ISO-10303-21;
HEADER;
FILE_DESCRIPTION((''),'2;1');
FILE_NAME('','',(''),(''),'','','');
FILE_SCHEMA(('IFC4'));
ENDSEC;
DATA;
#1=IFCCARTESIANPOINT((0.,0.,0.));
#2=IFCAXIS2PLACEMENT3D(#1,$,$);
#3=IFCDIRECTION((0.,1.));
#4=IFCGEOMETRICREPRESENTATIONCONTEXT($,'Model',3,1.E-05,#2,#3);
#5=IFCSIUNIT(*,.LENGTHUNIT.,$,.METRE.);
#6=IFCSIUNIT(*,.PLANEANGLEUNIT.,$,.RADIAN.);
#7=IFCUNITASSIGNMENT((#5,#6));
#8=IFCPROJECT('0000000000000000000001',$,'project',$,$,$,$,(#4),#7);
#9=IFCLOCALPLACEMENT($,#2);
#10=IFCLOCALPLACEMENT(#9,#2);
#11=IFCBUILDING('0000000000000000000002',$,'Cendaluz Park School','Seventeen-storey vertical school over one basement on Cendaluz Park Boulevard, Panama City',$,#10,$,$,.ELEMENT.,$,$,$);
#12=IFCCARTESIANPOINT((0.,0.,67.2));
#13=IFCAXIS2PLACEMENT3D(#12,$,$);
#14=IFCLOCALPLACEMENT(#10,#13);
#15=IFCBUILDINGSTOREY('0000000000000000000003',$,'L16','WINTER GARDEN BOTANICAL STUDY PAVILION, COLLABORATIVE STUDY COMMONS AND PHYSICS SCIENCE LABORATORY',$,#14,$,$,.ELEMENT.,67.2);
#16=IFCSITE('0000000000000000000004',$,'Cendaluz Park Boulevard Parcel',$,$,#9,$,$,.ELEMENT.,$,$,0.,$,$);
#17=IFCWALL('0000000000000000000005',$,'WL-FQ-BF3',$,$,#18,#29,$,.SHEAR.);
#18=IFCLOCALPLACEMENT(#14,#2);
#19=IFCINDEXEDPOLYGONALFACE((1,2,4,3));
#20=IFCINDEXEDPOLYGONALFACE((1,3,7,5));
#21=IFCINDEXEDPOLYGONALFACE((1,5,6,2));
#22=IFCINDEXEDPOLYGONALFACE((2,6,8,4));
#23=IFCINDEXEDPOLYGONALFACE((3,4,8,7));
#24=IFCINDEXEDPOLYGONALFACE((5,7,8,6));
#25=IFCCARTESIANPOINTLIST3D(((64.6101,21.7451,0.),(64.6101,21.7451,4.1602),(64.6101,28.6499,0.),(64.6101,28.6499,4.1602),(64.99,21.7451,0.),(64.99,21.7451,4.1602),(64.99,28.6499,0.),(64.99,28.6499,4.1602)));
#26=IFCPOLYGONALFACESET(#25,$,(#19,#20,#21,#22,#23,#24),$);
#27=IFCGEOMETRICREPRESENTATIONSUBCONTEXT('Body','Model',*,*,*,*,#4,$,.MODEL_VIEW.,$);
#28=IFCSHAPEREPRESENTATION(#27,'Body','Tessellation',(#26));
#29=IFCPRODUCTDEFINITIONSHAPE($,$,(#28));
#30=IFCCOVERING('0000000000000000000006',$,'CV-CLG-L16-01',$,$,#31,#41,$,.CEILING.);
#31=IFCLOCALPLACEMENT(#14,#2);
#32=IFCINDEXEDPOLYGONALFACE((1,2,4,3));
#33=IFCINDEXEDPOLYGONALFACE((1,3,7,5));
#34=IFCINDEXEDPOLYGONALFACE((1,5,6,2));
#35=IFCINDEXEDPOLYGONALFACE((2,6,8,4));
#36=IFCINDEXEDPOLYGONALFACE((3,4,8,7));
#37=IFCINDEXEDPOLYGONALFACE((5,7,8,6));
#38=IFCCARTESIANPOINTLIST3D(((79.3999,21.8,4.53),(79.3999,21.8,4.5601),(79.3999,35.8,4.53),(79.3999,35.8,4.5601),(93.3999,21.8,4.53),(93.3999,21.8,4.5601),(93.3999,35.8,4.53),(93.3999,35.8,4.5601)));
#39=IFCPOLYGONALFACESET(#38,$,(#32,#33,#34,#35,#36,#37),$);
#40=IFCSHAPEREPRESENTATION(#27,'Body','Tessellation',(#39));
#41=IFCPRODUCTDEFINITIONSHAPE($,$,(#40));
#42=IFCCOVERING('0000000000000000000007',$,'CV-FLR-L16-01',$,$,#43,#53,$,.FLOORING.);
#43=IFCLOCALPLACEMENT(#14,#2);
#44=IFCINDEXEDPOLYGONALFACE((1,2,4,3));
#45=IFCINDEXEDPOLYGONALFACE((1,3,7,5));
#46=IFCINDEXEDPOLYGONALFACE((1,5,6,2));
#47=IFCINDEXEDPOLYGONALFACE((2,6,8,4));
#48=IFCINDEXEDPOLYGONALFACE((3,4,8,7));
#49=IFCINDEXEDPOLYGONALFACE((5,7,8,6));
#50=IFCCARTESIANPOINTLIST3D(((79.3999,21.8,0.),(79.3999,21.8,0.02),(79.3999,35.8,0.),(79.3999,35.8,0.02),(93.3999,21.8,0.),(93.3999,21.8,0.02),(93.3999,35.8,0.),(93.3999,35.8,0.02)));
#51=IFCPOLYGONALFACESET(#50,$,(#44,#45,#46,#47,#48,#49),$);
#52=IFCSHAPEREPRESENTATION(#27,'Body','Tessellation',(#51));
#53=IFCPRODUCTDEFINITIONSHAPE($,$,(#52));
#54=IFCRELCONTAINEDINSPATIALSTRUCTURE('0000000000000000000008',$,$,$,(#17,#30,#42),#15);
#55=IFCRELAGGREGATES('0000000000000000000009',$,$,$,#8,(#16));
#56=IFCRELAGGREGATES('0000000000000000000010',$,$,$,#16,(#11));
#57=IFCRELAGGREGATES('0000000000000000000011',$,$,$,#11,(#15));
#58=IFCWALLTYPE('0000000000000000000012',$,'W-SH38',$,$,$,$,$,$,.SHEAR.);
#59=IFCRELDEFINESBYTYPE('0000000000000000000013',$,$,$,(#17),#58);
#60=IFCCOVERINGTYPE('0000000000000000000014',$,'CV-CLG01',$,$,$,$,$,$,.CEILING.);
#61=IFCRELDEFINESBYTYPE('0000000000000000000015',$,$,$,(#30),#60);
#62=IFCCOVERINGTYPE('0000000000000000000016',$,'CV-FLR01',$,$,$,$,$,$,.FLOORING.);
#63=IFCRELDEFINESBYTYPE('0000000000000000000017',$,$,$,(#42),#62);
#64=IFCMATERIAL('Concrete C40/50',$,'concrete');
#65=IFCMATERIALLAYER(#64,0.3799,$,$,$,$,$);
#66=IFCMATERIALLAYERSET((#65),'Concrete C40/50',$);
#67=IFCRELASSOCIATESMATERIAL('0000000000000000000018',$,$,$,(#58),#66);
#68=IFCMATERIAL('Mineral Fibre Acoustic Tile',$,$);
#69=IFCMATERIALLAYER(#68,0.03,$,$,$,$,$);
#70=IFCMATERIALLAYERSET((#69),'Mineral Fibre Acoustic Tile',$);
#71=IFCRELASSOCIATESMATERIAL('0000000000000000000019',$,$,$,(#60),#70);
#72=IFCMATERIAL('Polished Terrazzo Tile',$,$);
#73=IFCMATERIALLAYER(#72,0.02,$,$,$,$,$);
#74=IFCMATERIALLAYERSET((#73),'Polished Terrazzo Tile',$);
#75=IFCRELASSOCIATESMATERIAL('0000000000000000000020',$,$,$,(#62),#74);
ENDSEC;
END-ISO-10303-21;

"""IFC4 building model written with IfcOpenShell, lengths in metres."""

from ifc_helpers import new_model, si_unit, direction, frame, frame_2d, origin, place, context, subcontext, project, spatial, polyline, rectangle, outline, extrude, material, layer, layer_set, type_object, element, save


model = new_model("IFC4")

# Units and contexts
model_context = context("Model", 3, precision=1e-05, world=origin(), true_north=direction((0.0, 1.0)))
body_context = subcontext(model_context, "Body", "Model", "MODEL_VIEW")
ifc_project = project(units=[si_unit("LENGTHUNIT", "METRE"), si_unit("PLANEANGLEUNIT", "RADIAN")], contexts=[model_context])

# Site, building, storey
site_placement = place(None, origin())
site = spatial("IfcSite", under=ifc_project, at=site_placement, Name="Cendaluz Park Boulevard Parcel", CompositionType="ELEMENT", RefElevation=0.0)
building_placement = place(site_placement, origin())
building = spatial("IfcBuilding", under=site, at=building_placement, Name="Cendaluz Park School", Description="Seventeen-storey vertical school over one basement on Cendaluz Park Boulevard, Panama City", CompositionType="ELEMENT")
storey_placement = place(building_placement, frame((0.0, 0.0, 67.2)))
storey = spatial("IfcBuildingStorey", under=building, at=storey_placement, Name="L16", Description="WINTER GARDEN BOTANICAL STUDY PAVILION, COLLABORATIVE STUDY COMMONS AND PHYSICS SCIENCE LABORATORY", CompositionType="ELEMENT", Elevation=67.2)

# Wall
ifc_material_1 = material(Name="Concrete C40/50", Category="concrete")
ifc_layer_1 = layer(ifc_material_1, 0.3799)
ifc_layer_set_1 = layer_set([ifc_layer_1], Name="Concrete C40/50")
wall_type_1 = type_object("IfcWallType", Name="W-SH38", PredefinedType="SHEAR", material=ifc_layer_set_1)
wall_1_placement = place(storey_placement, frame((64.8, 21.7451, 0.0), z_axis=(0.0, 0.0, 1.0), x_axis=(0.0, 1.0, 0.0)))
element("IfcWall", 1, at=wall_1_placement, inside=storey, type_object=wall_type_1, Name="WL-FQ-BF3", PredefinedType="SHEAR", context=body_context, shape_type="SweptSolid", body=[
    extrude(rectangle(XDim=6.9048, YDim=0.3799, at=frame_2d((3.4524, 0.0))), origin(), (0.0, 0.0, 1.0), 4.1602),
])

# Coverings
ifc_material_2 = material(Name="Mineral Fibre Acoustic Tile")
ifc_layer_2 = layer(ifc_material_2, 0.03)
ifc_layer_set_2 = layer_set([ifc_layer_2], Name="Mineral Fibre Acoustic Tile")
covering_type_1 = type_object("IfcCoveringType", Name="CV-CLG01", PredefinedType="CEILING", material=ifc_layer_set_2)
covering_1_placement = place(storey_placement, frame((0.0, 0.0, 4.53)))
element("IfcCovering", 2, at=covering_1_placement, inside=storey, type_object=covering_type_1, Name="CV-CLG-L16-01", PredefinedType="CEILING", context=body_context, shape_type="SweptSolid", body=[
    extrude(outline(polyline([(79.3999, 21.8), (93.3999, 21.8), (93.3999, 35.8), (79.3999, 35.8), (79.3999, 21.8)])), origin(), (0.0, 0.0, 1.0), 0.03),
])
ifc_material_3 = material(Name="Polished Terrazzo Tile")
ifc_layer_3 = layer(ifc_material_3, 0.02)
ifc_layer_set_3 = layer_set([ifc_layer_3], Name="Polished Terrazzo Tile")
covering_type_2 = type_object("IfcCoveringType", Name="CV-FLR01", PredefinedType="FLOORING", material=ifc_layer_set_3)
covering_2_placement = place(storey_placement, origin())
element("IfcCovering", 3, at=covering_2_placement, inside=storey, type_object=covering_type_2, Name="CV-FLR-L16-01", PredefinedType="FLOORING", context=body_context, shape_type="SweptSolid", body=[
    extrude(outline(polyline([(79.3999, 21.8), (93.3999, 21.8), (93.3999, 35.8), (79.3999, 35.8), (79.3999, 21.8)])), origin(), (0.0, 0.0, 1.0), 0.02),
])

save(model, "model.ifc")
